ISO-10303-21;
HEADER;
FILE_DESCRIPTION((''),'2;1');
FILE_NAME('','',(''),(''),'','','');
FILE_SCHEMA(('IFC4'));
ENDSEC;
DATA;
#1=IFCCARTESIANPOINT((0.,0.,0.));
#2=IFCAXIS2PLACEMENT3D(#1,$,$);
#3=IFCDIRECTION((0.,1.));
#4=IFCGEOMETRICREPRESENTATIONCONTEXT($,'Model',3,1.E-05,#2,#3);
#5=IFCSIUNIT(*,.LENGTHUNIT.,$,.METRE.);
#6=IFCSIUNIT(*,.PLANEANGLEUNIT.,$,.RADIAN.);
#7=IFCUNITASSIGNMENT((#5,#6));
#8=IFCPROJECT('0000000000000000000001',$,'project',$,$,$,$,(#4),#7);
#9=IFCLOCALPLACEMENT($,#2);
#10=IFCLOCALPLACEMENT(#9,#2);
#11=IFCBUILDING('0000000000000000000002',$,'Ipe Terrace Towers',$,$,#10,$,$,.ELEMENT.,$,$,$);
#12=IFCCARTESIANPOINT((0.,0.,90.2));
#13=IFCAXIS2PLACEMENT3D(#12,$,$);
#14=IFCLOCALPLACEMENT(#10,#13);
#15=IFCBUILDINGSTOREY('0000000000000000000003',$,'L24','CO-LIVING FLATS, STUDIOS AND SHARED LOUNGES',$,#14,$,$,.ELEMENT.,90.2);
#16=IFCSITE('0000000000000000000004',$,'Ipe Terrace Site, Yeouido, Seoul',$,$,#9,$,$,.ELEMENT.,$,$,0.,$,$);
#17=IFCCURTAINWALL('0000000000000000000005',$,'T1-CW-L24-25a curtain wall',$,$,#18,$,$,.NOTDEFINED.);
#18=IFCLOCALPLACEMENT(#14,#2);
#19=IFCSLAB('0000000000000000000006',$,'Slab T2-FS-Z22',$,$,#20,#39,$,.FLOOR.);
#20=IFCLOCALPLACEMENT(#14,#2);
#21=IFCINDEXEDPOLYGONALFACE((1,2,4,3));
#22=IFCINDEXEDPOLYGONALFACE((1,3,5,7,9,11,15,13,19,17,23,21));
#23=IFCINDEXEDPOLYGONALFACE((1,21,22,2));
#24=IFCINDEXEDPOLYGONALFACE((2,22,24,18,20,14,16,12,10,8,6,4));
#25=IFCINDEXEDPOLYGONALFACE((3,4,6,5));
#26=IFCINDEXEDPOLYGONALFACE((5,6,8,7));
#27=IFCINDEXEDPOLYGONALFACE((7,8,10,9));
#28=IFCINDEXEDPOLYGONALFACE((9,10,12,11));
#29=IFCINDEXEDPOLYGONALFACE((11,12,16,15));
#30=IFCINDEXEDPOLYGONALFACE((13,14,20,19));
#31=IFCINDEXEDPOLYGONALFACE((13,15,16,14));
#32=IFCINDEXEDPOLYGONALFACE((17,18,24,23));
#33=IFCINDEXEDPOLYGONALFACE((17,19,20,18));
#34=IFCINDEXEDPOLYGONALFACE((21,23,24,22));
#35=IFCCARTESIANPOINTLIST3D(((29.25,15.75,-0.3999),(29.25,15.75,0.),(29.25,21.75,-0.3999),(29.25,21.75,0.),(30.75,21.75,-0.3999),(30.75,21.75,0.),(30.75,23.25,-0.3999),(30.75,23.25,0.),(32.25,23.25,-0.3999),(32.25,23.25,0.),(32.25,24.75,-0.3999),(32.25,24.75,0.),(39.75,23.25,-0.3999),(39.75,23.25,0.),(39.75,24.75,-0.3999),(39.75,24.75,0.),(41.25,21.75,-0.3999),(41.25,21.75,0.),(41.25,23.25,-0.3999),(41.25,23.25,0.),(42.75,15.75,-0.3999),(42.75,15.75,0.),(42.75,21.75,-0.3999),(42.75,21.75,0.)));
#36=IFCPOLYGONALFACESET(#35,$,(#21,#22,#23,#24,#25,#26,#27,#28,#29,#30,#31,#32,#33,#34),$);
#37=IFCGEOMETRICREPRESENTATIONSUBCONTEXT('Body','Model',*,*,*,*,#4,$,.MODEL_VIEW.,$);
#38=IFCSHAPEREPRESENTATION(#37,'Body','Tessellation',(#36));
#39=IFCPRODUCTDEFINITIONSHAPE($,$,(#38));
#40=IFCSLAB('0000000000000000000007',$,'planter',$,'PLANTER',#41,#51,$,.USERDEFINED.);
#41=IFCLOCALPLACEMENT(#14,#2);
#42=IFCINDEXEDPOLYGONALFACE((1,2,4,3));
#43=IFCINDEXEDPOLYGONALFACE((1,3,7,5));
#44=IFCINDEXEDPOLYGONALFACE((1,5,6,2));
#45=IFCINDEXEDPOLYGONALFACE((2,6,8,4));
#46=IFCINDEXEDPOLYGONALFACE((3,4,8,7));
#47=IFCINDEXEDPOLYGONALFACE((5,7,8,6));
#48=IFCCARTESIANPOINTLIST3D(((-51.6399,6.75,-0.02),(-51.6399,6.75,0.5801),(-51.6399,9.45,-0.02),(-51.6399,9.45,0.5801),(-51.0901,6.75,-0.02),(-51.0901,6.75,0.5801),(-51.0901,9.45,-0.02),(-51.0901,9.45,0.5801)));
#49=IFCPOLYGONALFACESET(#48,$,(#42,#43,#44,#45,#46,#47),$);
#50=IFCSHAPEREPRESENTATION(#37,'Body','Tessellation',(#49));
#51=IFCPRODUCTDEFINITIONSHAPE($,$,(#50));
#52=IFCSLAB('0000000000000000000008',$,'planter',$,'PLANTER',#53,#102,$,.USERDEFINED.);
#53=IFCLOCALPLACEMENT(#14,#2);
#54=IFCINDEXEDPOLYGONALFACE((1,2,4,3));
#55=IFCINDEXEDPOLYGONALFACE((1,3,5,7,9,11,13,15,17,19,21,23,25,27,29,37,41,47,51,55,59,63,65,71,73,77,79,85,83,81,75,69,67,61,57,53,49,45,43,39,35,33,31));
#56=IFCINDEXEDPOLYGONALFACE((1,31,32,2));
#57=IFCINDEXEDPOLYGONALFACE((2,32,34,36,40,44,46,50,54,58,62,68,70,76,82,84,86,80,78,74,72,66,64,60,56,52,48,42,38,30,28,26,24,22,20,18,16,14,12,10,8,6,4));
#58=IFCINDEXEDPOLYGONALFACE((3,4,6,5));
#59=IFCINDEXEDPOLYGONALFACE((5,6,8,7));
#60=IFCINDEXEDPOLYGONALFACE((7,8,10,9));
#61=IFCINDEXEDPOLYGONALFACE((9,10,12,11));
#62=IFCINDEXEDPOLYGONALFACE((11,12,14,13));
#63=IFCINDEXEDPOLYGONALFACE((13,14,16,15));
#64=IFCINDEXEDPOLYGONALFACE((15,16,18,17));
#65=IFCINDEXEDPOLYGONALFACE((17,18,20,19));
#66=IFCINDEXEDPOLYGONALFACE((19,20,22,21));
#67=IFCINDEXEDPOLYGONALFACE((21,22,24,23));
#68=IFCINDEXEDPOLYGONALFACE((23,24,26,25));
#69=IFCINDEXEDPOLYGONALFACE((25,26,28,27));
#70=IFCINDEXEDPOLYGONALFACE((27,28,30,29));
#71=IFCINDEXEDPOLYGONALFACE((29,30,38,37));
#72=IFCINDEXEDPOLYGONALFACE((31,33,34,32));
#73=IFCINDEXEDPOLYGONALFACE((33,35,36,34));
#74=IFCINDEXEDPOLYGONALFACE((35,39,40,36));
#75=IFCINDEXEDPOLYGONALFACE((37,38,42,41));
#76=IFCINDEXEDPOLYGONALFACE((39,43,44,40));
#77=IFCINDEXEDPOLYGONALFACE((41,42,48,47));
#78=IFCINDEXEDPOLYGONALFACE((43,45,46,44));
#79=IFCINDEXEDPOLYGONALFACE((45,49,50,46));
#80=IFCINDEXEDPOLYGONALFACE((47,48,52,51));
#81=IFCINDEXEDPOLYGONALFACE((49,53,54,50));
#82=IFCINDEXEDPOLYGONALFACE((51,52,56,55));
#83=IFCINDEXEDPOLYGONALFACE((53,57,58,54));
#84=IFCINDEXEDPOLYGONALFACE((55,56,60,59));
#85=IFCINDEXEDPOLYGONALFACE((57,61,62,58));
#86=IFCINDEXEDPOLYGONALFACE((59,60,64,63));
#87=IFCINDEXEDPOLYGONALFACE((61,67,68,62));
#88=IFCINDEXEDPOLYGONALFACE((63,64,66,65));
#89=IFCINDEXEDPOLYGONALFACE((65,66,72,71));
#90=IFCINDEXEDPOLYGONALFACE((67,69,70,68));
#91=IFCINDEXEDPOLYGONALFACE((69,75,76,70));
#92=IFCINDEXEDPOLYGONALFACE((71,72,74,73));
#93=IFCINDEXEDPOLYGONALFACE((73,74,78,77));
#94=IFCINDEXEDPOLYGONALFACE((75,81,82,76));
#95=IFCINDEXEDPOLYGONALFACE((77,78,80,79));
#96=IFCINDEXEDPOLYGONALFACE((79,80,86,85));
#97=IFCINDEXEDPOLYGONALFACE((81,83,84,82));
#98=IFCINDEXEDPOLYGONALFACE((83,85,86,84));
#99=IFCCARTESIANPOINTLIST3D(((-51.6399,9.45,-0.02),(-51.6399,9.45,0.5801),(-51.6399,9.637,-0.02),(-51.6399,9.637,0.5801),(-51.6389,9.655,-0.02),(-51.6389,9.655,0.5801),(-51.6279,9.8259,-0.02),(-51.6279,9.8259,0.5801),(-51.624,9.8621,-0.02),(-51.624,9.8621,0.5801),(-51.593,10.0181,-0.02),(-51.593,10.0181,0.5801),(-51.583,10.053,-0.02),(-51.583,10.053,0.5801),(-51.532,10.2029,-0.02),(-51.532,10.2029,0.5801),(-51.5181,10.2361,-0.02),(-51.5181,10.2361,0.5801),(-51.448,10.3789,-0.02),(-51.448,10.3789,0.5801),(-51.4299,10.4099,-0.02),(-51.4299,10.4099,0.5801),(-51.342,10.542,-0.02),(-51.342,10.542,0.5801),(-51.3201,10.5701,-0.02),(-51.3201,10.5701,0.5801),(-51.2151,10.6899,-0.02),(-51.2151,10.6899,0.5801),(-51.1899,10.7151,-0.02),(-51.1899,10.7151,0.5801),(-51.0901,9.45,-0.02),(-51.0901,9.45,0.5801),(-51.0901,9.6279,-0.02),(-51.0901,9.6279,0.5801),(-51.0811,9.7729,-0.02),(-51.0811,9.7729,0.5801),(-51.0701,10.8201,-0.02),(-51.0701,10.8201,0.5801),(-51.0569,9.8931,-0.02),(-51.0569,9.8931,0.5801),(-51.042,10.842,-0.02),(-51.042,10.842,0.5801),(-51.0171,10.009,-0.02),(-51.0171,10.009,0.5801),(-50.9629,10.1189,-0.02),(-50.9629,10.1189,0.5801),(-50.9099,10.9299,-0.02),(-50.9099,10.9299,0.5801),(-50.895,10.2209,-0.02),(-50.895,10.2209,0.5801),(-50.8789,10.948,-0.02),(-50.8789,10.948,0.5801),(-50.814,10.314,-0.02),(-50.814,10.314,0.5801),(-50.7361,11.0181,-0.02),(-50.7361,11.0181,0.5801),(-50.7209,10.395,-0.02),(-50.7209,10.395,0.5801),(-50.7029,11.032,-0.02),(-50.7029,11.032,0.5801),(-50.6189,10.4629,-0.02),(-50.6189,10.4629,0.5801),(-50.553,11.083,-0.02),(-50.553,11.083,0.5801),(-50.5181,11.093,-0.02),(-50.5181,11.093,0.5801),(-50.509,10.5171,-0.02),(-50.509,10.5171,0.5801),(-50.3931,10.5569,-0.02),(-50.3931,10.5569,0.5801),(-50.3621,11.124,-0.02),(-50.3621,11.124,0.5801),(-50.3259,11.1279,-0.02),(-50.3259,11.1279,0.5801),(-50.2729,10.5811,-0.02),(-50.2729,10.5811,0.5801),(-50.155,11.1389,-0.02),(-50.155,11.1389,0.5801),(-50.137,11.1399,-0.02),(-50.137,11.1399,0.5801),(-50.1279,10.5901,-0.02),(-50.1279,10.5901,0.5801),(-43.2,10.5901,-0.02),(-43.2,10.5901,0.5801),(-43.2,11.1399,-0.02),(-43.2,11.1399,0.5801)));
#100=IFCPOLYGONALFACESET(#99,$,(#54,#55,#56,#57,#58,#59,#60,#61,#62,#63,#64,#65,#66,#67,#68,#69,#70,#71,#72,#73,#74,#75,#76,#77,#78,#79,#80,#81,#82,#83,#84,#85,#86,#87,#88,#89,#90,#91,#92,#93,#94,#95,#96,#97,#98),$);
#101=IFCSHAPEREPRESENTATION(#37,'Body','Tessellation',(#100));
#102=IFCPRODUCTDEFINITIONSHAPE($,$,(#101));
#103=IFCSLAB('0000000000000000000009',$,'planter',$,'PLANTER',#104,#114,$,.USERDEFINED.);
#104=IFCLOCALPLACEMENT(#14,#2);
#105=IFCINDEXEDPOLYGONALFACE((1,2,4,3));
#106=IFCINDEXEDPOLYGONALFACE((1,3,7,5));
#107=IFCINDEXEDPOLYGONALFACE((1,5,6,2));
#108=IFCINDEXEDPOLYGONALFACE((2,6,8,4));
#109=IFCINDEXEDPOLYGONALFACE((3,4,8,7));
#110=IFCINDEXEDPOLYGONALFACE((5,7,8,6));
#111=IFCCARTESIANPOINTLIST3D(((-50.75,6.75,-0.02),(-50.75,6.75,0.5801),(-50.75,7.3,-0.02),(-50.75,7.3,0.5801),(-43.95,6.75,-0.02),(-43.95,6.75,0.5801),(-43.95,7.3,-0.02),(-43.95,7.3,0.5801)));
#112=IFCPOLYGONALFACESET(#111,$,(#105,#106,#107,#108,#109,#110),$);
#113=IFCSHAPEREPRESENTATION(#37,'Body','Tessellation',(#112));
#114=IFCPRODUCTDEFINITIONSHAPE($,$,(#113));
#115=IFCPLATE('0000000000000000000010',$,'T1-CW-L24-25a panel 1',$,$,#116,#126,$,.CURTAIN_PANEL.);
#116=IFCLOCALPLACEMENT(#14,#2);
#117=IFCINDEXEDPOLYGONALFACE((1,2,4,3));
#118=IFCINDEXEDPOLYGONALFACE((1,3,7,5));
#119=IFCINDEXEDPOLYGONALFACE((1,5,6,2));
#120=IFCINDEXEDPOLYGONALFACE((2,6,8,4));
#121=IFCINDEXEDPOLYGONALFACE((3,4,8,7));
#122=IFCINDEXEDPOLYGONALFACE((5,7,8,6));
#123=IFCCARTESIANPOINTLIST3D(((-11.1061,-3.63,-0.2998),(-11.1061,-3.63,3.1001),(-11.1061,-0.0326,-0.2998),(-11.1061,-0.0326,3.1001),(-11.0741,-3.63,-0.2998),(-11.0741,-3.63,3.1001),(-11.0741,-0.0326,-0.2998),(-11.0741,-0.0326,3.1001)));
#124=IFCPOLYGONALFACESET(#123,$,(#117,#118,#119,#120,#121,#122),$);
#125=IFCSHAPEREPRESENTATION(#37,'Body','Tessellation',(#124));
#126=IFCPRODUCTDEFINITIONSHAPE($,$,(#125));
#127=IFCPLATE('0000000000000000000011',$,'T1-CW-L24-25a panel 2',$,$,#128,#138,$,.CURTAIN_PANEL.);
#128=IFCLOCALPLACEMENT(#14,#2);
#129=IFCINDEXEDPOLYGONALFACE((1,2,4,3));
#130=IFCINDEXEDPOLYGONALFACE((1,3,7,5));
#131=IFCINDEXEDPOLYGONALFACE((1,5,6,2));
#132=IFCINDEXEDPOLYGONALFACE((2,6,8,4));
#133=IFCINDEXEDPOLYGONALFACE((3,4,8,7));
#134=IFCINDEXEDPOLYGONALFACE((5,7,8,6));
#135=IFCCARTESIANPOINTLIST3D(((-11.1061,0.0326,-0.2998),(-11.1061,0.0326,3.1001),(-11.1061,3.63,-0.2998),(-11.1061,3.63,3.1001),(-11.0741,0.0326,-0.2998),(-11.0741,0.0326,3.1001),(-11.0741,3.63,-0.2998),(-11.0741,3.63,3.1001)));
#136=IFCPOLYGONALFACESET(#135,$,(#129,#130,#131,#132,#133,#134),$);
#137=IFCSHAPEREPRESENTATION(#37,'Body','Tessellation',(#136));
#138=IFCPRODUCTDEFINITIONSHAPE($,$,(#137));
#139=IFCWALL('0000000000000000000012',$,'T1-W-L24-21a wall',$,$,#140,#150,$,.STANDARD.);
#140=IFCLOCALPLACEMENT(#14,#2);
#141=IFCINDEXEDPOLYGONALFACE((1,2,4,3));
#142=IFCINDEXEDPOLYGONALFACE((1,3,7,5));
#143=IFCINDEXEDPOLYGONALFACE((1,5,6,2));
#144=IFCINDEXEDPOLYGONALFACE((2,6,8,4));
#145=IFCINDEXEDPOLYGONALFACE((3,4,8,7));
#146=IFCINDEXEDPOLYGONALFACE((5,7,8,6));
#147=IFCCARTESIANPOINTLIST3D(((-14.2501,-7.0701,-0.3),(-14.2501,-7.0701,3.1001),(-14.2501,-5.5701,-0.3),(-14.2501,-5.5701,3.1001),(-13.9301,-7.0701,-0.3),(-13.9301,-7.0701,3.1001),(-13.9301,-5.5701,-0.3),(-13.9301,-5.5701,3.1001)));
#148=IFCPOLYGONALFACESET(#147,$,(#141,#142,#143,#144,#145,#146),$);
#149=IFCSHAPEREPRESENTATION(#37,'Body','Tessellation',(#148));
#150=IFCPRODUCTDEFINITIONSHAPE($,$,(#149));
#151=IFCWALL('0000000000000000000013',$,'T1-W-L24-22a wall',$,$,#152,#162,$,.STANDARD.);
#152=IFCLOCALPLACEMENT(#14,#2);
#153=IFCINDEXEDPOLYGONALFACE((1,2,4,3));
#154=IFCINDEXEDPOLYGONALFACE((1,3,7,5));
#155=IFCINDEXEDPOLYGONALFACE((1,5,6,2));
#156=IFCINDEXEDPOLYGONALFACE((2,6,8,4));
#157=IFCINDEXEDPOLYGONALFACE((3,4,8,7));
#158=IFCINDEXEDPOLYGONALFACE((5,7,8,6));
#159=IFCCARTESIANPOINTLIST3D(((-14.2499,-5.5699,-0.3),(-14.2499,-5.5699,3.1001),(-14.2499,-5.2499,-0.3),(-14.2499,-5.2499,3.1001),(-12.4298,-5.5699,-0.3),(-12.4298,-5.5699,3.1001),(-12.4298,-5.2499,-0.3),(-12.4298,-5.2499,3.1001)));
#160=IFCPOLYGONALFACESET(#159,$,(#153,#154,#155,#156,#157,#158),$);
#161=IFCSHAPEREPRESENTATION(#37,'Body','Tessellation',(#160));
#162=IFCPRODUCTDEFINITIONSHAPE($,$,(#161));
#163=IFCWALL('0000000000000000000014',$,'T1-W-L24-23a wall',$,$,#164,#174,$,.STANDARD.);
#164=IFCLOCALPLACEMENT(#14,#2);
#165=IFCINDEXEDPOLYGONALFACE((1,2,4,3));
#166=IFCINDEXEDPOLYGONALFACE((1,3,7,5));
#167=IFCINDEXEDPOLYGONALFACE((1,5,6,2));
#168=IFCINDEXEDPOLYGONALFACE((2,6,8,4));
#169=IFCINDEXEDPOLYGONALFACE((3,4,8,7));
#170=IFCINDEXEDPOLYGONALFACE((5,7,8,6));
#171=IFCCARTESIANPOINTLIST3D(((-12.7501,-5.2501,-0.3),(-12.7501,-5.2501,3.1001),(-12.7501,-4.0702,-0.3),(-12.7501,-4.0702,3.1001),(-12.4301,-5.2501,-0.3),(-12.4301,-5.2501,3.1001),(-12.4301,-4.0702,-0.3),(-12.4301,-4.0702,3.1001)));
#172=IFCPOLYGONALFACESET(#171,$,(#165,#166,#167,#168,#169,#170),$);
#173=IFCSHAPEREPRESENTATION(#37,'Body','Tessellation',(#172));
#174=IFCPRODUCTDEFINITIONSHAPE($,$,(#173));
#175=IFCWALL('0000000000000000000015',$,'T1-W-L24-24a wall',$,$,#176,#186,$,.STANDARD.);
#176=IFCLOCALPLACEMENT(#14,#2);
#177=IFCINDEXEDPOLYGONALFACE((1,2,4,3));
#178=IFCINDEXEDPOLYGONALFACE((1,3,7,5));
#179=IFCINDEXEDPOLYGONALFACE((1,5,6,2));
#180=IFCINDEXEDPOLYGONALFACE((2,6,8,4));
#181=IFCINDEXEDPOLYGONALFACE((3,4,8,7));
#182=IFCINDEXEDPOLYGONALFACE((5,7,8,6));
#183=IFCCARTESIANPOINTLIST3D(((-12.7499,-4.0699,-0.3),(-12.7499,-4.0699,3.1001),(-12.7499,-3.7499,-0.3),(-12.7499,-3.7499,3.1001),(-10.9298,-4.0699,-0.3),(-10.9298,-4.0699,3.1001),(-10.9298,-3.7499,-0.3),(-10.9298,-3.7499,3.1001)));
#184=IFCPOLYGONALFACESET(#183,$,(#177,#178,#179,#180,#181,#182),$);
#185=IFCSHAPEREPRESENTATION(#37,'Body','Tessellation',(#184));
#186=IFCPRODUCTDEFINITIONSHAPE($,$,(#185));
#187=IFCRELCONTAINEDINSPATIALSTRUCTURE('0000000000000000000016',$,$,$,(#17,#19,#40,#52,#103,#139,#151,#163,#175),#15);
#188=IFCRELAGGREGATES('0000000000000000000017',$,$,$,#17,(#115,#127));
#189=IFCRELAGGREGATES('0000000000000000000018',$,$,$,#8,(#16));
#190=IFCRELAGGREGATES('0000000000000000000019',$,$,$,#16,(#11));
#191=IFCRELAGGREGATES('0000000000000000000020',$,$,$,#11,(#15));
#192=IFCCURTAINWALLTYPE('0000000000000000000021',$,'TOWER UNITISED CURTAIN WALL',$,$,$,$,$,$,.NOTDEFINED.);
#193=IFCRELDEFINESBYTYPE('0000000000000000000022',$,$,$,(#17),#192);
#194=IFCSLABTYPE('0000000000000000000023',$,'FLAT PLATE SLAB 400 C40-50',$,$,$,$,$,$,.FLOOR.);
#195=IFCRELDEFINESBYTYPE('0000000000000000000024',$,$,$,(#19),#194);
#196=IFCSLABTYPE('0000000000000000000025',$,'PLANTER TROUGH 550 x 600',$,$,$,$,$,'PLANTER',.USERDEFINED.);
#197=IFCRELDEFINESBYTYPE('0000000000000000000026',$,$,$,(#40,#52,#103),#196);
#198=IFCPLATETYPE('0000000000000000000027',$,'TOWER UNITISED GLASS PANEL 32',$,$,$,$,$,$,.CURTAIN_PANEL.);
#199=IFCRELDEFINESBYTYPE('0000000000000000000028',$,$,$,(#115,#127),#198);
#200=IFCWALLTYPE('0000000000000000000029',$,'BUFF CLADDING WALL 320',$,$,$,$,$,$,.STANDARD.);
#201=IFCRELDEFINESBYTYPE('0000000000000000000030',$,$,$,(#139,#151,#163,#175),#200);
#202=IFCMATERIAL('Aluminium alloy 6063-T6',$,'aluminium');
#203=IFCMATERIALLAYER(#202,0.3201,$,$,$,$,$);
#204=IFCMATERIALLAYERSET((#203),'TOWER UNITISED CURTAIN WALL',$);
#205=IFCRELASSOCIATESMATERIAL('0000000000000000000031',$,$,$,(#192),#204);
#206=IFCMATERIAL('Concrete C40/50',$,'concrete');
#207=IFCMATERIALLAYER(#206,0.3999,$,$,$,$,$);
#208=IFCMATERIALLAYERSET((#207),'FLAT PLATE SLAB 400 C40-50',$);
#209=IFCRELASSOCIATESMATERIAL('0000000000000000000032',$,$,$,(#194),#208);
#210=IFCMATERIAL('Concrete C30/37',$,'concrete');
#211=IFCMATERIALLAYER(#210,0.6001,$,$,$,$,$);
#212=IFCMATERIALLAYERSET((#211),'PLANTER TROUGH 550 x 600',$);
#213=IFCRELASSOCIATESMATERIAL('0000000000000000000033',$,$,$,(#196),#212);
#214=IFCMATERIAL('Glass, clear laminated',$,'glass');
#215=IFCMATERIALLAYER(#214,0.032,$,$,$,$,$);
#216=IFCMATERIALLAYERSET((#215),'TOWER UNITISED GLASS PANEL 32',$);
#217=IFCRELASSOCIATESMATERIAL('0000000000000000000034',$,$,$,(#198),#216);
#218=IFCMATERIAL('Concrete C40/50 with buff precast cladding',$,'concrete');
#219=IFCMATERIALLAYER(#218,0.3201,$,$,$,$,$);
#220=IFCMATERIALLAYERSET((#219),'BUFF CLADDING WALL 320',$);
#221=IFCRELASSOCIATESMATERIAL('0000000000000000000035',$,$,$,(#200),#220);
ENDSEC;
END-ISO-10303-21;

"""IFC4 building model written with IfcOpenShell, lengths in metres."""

from ifc_helpers import new_model, si_unit, direction, frame, frame_2d, origin, origin_2d, place, context, subcontext, project, spatial, polyline, rectangle, outline, extrude, material, layer, layer_set, type_object, element, aggregate, save


model = new_model("IFC4")

# Units and contexts
model_context = context("Model", 3, precision=1e-05, world=origin(), true_north=direction((0.0, 1.0)))
body_context = subcontext(model_context, "Body", "Model", "MODEL_VIEW")
ifc_project = project(units=[si_unit("LENGTHUNIT", "METRE"), si_unit("PLANEANGLEUNIT", "RADIAN")], contexts=[model_context])

# Site, building, storey
site_placement = place(None, origin())
site = spatial("IfcSite", under=ifc_project, at=site_placement, Name="Ipe Terrace Site, Yeouido, Seoul", CompositionType="ELEMENT", RefElevation=0.0)
building_placement = place(site_placement, origin())
building = spatial("IfcBuilding", under=site, at=building_placement, Name="Ipe Terrace Towers", CompositionType="ELEMENT")
storey_placement = place(building_placement, frame((0.0, 0.0, 90.2)))
storey = spatial("IfcBuildingStorey", under=building, at=storey_placement, Name="L24", Description="CO-LIVING FLATS, STUDIOS AND SHARED LOUNGES", CompositionType="ELEMENT", Elevation=90.2)

# Curtain wall
ifc_material_1 = material(Name="Aluminium alloy 6063-T6", Category="aluminium")
ifc_layer_1 = layer(ifc_material_1, 0.3201)
ifc_layer_set_1 = layer_set([ifc_layer_1], Name="TOWER UNITISED CURTAIN WALL")
curtain_wall_type = type_object("IfcCurtainWallType", Name="TOWER UNITISED CURTAIN WALL", PredefinedType="NOTDEFINED", material=ifc_layer_set_1)
curtain_wall_placement = place(storey_placement, origin())
curtain_wall = element("IfcCurtainWall", 1, at=curtain_wall_placement, inside=storey, type_object=curtain_wall_type, Name="T1-CW-L24-25a curtain wall", PredefinedType="NOTDEFINED")

# Slabs
ifc_material_2 = material(Name="Concrete C40/50", Category="concrete")
ifc_layer_2 = layer(ifc_material_2, 0.3999)
ifc_layer_set_2 = layer_set([ifc_layer_2], Name="FLAT PLATE SLAB 400 C40-50")
slab_type_1 = type_object("IfcSlabType", Name="FLAT PLATE SLAB 400 C40-50", PredefinedType="FLOOR", material=ifc_layer_set_2)
slab_1_placement = place(storey_placement, frame((0.0, 0.0, -0.3999)))
element("IfcSlab", 2, at=slab_1_placement, inside=storey, type_object=slab_type_1, Name="Slab T2-FS-Z22", PredefinedType="FLOOR", context=body_context, shape_type="SweptSolid", body=[
    extrude(outline(polyline([(30.75, 21.75), (30.75, 23.25), (32.25, 23.25), (32.25, 24.75), (39.75, 24.75), (39.75, 23.25), (41.25, 23.25), (41.25, 21.75), (42.75, 21.75), (42.75, 15.75), (29.25, 15.75), (29.25, 21.75), (30.75, 21.75)])), origin(), (0.0, 0.0, 1.0), 0.3999),
])
ifc_material_3 = material(Name="Concrete C30/37", Category="concrete")
ifc_layer_3 = layer(ifc_material_3, 0.6001)
ifc_layer_set_3 = layer_set([ifc_layer_3], Name="PLANTER TROUGH 550 x 600")
slab_type_2 = type_object("IfcSlabType", Name="PLANTER TROUGH 550 x 600", ElementType="PLANTER", PredefinedType="USERDEFINED", material=ifc_layer_set_3)
slab_2_placement = place(storey_placement, frame((0.0, 0.0, -0.02)))
element("IfcSlab", 3, at=slab_2_placement, inside=storey, type_object=slab_type_2, Name="planter", ObjectType="PLANTER", PredefinedType="USERDEFINED", context=body_context, shape_type="SweptSolid", body=[
    extrude(outline(polyline([(-51.6399, 6.75), (-51.0901, 6.75), (-51.0901, 9.45), (-51.6399, 9.45), (-51.6399, 6.75)])), origin(), (0.0, 0.0, 1.0), 0.6001),
])
slab_3_placement = place(storey_placement, frame((0.0, 0.0, -0.02)))
element("IfcSlab", 4, at=slab_3_placement, inside=storey, type_object=slab_type_2, Name="planter", ObjectType="PLANTER", PredefinedType="USERDEFINED", context=body_context, shape_type="SweptSolid", body=[
    extrude(outline(polyline([(-51.0569, 9.8931), (-51.0171, 10.009), (-50.9629, 10.1189), (-50.895, 10.2209), (-50.814, 10.314), (-50.7209, 10.395), (-50.6189, 10.4629), (-50.509, 10.5171), (-50.3931, 10.5569), (-50.2729, 10.5811), (-50.1279, 10.5901), (-43.2, 10.5901), (-43.2, 11.1399), (-50.137, 11.1399), (-50.155, 11.1389), (-50.3259, 11.1279), (-50.3621, 11.124), (-50.5181, 11.093), (-50.553, 11.083), (-50.7029, 11.032), (-50.7361, 11.0181), (-50.8789, 10.948), (-50.9099, 10.9299), (-51.042, 10.842), (-51.0701, 10.8201), (-51.1899, 10.7151), (-51.2151, 10.6899), (-51.3201, 10.5701), (-51.342, 10.542), (-51.4299, 10.4099), (-51.448, 10.3789), (-51.5181, 10.2361), (-51.532, 10.2029), (-51.583, 10.053), (-51.593, 10.0181), (-51.624, 9.8621), (-51.6279, 9.8259), (-51.6389, 9.655), (-51.6399, 9.637), (-51.6399, 9.45), (-51.0901, 9.45), (-51.0901, 9.6279), (-51.0811, 9.7729), (-51.0569, 9.8931)])), origin(), (0.0, 0.0, 1.0), 0.6001),
])
slab_4_placement = place(storey_placement, frame((0.0, 0.0, -0.02)))
element("IfcSlab", 5, at=slab_4_placement, inside=storey, type_object=slab_type_2, Name="planter", ObjectType="PLANTER", PredefinedType="USERDEFINED", context=body_context, shape_type="SweptSolid", body=[
    extrude(outline(polyline([(-43.95, 6.75), (-43.95, 7.3), (-50.75, 7.3), (-50.75, 6.75), (-43.95, 6.75)])), origin(), (0.0, 0.0, 1.0), 0.6001),
])

# Plates
ifc_material_4 = material(Name="Glass, clear laminated", Category="glass")
ifc_layer_4 = layer(ifc_material_4, 0.032)
ifc_layer_set_4 = layer_set([ifc_layer_4], Name="TOWER UNITISED GLASS PANEL 32")
plate_type = type_object("IfcPlateType", Name="TOWER UNITISED GLASS PANEL 32", PredefinedType="CURTAIN_PANEL", material=ifc_layer_set_4)
plate_1_placement = place(storey_placement, frame((-11.0901, -1.8313, -0.2998), z_axis=(0.0, 0.0, 1.0), x_axis=(0.0, 1.0, 0.0)))
plate_1 = element("IfcPlate", 6, at=plate_1_placement, type_object=plate_type, Name="T1-CW-L24-25a panel 1", PredefinedType="CURTAIN_PANEL", context=body_context, shape_type="SweptSolid", body=[
    extrude(rectangle(XDim=3.5974, YDim=0.032, at=origin_2d()), origin(), (0.0, 0.0, 1.0), 3.3999),
])
plate_2_placement = place(storey_placement, frame((-11.0901, 1.8313, -0.2998), z_axis=(0.0, 0.0, 1.0), x_axis=(0.0, 1.0, 0.0)))
plate_2 = element("IfcPlate", 7, at=plate_2_placement, type_object=plate_type, Name="T1-CW-L24-25a panel 2", PredefinedType="CURTAIN_PANEL", context=body_context, shape_type="SweptSolid", body=[
    extrude(rectangle(XDim=3.5974, YDim=0.032, at=origin_2d()), origin(), (0.0, 0.0, 1.0), 3.3999),
])
aggregate(curtain_wall, [plate_1, plate_2])

# Walls
ifc_material_5 = material(Name="Concrete C40/50 with buff precast cladding", Category="concrete")
ifc_layer_5 = layer(ifc_material_5, 0.3201)
ifc_layer_set_5 = layer_set([ifc_layer_5], Name="BUFF CLADDING WALL 320")
wall_type = type_object("IfcWallType", Name="BUFF CLADDING WALL 320", PredefinedType="STANDARD", material=ifc_layer_set_5)
wall_1_placement = place(storey_placement, frame((-14.0901, -7.0701, -0.3), z_axis=(0.0, 0.0, 1.0), x_axis=(0.0, 1.0, 0.0)))
element("IfcWall", 8, at=wall_1_placement, inside=storey, type_object=wall_type, Name="T1-W-L24-21a wall", PredefinedType="STANDARD", context=body_context, shape_type="SweptSolid", body=[
    extrude(rectangle(XDim=1.5, YDim=0.3201, at=frame_2d((0.75, 0.0))), origin(), (0.0, 0.0, 1.0), 3.4001),
])
wall_2_placement = place(storey_placement, frame((-14.25, -5.4099, -0.3), z_axis=(0.0, 0.0, 1.0), x_axis=(1.0, 0.0, 0.0)))
element("IfcWall", 9, at=wall_2_placement, inside=storey, type_object=wall_type, Name="T1-W-L24-22a wall", PredefinedType="STANDARD", context=body_context, shape_type="SweptSolid", body=[
    extrude(rectangle(XDim=1.8201, YDim=0.3201, at=frame_2d((0.9102, 0.0))), origin(), (0.0, 0.0, 1.0), 3.4001),
])
wall_3_placement = place(storey_placement, frame((-12.5901, -5.25, -0.3), z_axis=(0.0, 0.0, 1.0), x_axis=(0.0, 1.0, 0.0)))
element("IfcWall", 10, at=wall_3_placement, inside=storey, type_object=wall_type, Name="T1-W-L24-23a wall", PredefinedType="STANDARD", context=body_context, shape_type="SweptSolid", body=[
    extrude(rectangle(XDim=1.1799, YDim=0.3201, at=frame_2d((0.5898, 0.0))), origin(), (0.0, 0.0, 1.0), 3.4001),
])
wall_4_placement = place(storey_placement, frame((-12.75, -3.9099, -0.3), z_axis=(0.0, 0.0, 1.0), x_axis=(1.0, 0.0, 0.0)))
element("IfcWall", 11, at=wall_4_placement, inside=storey, type_object=wall_type, Name="T1-W-L24-24a wall", PredefinedType="STANDARD", context=body_context, shape_type="SweptSolid", body=[
    extrude(rectangle(XDim=1.8201, YDim=0.3201, at=frame_2d((0.9102, 0.0))), origin(), (0.0, 0.0, 1.0), 3.4001),
])

save(model, "model.ifc")
